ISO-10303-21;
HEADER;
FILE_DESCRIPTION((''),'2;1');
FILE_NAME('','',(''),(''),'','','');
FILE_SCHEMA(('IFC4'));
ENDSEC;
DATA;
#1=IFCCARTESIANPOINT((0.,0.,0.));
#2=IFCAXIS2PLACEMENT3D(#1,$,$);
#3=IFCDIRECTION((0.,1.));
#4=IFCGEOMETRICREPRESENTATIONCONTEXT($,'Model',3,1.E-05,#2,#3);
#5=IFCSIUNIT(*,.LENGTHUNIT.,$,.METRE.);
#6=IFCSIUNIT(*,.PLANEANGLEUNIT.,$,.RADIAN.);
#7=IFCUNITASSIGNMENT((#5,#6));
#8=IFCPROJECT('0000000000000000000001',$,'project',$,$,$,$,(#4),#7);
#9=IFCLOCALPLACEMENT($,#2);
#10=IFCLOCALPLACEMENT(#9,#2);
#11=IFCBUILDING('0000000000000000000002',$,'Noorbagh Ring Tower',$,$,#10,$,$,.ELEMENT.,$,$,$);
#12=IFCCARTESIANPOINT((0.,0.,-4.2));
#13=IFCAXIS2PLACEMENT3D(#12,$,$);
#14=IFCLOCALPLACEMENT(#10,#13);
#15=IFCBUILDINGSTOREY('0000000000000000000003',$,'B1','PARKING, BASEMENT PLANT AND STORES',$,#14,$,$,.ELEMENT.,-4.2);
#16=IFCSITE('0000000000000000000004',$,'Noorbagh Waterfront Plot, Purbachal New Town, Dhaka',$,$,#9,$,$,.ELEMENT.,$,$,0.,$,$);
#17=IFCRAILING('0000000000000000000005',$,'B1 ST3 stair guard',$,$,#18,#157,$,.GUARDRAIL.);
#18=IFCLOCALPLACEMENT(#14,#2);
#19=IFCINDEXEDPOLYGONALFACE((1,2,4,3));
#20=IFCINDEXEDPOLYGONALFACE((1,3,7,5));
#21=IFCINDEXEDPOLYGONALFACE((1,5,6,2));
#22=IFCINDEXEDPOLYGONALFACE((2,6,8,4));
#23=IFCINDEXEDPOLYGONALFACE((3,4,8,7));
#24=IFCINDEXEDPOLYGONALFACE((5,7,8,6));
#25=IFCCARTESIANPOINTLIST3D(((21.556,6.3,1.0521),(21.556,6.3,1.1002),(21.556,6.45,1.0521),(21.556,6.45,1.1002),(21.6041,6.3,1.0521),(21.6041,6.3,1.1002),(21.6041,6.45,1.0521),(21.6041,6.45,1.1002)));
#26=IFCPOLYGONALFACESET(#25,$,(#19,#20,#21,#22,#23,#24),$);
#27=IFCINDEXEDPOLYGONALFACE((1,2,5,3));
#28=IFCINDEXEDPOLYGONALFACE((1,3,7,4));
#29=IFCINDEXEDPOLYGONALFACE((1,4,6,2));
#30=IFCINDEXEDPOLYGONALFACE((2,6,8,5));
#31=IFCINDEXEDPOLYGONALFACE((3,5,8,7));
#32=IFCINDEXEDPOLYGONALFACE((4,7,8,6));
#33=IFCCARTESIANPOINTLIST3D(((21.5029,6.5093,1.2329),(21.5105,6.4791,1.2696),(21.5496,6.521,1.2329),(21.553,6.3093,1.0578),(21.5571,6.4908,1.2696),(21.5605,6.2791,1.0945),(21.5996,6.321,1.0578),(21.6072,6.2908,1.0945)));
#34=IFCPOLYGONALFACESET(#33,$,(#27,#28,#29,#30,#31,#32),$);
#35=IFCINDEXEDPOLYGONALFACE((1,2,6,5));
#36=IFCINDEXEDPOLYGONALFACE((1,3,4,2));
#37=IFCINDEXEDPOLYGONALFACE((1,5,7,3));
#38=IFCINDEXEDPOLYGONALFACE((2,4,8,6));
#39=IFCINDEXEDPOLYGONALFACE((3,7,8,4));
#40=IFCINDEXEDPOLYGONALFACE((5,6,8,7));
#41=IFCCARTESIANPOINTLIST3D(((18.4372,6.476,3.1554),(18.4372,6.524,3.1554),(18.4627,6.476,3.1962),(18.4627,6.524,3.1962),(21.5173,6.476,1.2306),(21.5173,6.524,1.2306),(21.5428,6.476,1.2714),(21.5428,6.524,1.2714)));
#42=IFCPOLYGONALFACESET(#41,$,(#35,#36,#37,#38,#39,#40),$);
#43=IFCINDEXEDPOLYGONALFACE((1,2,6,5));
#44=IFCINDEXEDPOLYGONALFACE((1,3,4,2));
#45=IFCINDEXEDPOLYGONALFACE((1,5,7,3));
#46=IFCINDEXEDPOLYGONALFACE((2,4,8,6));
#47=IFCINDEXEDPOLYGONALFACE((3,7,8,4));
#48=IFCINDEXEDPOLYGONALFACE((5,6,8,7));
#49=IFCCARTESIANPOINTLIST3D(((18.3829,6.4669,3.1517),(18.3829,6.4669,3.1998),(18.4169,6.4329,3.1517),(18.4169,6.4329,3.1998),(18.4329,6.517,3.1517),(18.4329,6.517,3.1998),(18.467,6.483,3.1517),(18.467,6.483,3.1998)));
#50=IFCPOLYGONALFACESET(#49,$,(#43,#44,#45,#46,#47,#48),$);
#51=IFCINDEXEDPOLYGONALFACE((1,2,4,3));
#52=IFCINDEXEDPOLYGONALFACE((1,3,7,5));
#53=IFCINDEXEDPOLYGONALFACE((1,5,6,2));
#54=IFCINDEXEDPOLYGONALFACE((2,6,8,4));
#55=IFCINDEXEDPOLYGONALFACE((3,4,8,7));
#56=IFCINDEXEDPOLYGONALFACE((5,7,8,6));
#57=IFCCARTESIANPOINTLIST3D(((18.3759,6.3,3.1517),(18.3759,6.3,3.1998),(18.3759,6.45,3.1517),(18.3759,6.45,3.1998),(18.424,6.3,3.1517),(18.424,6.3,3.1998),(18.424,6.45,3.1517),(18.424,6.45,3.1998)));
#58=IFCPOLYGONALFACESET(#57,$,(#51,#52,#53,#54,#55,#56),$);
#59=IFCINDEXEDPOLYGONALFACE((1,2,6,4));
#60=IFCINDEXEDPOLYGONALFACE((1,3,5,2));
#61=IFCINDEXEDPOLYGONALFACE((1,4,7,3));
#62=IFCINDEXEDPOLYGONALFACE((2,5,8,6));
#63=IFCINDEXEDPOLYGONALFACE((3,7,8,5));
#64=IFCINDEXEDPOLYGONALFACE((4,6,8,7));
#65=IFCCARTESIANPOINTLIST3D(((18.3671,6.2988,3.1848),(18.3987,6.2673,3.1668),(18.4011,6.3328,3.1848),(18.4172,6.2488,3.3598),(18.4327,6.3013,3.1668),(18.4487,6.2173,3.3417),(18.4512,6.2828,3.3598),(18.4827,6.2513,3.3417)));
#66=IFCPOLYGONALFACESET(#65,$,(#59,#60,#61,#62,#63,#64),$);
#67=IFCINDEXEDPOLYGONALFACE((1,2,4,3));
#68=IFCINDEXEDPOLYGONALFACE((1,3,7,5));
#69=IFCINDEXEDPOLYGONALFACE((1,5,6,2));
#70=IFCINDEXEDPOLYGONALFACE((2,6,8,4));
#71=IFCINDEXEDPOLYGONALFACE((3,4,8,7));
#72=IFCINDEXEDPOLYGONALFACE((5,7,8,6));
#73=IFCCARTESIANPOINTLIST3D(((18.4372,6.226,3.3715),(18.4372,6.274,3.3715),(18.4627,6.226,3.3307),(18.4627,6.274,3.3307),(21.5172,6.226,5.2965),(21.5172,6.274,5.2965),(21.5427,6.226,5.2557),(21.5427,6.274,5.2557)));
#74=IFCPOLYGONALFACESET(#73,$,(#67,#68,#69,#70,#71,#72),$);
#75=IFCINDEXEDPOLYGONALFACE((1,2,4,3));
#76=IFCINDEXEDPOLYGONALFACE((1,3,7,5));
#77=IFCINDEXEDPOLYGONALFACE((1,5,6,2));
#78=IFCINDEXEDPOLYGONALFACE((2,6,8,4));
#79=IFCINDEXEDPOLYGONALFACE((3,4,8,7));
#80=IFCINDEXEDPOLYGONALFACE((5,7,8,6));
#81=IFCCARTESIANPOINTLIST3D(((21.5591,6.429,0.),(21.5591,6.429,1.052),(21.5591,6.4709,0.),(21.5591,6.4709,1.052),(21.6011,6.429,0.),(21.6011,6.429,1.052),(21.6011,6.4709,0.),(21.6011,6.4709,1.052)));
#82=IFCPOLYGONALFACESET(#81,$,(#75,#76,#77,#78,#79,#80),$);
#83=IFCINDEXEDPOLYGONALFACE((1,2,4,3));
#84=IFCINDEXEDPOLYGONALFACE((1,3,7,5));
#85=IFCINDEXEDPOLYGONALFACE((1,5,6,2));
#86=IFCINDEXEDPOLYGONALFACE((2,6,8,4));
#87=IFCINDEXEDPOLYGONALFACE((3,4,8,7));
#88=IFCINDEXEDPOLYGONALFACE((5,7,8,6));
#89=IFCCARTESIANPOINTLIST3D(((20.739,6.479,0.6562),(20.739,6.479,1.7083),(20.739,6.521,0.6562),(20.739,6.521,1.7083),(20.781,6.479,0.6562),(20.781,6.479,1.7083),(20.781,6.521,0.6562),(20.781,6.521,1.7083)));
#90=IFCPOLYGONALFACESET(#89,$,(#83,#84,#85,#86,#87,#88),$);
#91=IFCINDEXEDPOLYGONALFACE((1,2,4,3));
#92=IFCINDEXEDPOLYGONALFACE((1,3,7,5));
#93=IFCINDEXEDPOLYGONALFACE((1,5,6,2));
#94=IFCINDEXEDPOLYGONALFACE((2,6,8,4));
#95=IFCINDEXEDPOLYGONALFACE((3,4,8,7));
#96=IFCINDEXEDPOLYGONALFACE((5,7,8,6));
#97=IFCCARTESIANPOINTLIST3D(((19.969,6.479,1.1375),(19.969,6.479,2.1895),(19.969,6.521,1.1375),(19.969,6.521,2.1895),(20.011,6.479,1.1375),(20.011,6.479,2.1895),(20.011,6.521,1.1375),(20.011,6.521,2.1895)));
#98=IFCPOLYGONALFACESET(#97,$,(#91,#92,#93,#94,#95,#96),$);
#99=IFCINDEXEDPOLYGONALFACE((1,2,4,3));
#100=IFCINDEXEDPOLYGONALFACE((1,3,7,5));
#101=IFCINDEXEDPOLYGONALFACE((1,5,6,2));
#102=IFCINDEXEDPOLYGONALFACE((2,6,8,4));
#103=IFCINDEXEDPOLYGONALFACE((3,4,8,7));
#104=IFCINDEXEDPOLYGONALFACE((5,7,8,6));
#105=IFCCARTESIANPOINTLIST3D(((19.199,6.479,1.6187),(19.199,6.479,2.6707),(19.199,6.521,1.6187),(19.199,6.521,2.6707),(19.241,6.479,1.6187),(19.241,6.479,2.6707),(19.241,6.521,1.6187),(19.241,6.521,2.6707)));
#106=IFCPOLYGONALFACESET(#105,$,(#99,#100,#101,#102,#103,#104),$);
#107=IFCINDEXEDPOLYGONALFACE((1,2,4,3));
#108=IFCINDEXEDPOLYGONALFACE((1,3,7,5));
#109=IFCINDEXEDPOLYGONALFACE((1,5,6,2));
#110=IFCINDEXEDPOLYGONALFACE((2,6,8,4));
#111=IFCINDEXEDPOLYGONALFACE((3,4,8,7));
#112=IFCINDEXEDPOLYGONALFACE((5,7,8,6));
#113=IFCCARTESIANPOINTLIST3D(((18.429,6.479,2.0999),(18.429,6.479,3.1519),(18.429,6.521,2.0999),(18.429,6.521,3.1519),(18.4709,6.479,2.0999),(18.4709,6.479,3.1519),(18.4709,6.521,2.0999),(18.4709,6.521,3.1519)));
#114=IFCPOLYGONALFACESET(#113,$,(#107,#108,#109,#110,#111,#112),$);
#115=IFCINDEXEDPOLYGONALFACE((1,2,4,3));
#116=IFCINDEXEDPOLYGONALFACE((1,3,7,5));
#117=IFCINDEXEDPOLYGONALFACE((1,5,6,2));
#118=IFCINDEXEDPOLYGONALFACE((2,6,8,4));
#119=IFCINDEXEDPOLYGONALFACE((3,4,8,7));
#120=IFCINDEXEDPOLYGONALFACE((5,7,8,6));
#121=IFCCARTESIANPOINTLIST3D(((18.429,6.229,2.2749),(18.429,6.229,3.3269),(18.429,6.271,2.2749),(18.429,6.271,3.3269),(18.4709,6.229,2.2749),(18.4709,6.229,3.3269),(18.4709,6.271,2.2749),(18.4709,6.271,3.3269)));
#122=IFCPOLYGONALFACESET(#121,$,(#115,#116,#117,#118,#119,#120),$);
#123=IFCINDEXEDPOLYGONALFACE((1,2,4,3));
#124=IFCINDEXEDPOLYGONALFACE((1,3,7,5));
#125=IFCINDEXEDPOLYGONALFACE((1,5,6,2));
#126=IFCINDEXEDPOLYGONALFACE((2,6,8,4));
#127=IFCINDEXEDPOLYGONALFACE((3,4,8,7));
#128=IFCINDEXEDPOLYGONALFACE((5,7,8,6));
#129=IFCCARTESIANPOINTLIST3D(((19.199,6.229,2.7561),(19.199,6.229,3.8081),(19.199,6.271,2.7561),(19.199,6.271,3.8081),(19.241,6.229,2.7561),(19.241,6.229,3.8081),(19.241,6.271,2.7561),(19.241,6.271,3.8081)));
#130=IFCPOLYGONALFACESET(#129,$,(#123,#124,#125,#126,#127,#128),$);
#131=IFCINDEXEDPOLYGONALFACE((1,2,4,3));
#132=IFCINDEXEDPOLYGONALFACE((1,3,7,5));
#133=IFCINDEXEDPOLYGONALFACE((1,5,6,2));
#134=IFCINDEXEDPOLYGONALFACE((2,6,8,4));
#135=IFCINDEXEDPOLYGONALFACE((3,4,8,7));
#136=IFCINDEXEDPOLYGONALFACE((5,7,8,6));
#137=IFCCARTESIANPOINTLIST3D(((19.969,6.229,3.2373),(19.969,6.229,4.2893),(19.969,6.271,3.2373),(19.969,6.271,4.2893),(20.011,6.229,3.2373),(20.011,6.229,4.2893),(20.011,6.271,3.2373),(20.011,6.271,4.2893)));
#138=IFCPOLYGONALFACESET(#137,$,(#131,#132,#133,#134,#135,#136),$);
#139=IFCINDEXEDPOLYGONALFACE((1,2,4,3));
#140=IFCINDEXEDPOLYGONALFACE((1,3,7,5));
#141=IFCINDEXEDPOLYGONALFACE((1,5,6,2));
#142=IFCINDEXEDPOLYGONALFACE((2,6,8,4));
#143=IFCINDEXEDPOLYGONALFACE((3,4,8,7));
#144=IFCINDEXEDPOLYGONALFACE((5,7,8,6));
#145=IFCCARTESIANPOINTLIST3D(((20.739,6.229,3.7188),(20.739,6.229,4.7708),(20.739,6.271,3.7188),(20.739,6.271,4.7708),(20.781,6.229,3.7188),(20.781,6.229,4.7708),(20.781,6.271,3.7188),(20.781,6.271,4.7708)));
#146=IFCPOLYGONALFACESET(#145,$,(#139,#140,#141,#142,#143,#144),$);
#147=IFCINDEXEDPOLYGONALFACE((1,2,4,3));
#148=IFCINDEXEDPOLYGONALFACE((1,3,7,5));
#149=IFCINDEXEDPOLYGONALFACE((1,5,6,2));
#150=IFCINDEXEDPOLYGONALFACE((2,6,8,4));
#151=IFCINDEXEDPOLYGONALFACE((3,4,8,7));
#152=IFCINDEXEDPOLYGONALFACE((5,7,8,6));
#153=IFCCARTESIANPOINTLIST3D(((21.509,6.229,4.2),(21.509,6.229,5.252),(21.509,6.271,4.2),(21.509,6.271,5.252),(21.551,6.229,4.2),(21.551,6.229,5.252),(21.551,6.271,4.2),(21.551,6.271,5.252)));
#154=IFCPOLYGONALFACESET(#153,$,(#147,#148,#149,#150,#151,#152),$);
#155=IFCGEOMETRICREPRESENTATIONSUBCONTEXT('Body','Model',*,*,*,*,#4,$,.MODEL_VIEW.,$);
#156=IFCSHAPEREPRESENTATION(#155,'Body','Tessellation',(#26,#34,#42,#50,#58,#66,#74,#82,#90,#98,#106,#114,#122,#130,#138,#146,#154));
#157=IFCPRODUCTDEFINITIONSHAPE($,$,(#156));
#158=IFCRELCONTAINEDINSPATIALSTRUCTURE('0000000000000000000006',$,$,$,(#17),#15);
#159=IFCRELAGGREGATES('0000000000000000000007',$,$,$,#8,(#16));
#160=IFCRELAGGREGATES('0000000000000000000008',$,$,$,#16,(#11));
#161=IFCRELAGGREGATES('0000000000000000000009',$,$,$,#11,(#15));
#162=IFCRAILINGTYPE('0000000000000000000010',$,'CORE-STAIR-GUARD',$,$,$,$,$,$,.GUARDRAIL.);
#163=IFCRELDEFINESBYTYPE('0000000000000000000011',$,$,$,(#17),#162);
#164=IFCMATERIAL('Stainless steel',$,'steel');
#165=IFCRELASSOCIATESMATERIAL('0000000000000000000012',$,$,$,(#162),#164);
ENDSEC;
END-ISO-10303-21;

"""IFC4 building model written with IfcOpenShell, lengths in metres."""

from ifc_helpers import new_model, si_unit, direction, frame, origin, origin_2d, place, context, subcontext, project, spatial, rectangle, extrude, material, type_object, element, save


model = new_model("IFC4")

# Units and contexts
model_context = context("Model", 3, precision=1e-05, world=origin(), true_north=direction((0.0, 1.0)))
body_context = subcontext(model_context, "Body", "Model", "MODEL_VIEW")
ifc_project = project(units=[si_unit("LENGTHUNIT", "METRE"), si_unit("PLANEANGLEUNIT", "RADIAN")], contexts=[model_context])

# Site, building, storey
site_placement = place(None, origin())
site = spatial("IfcSite", under=ifc_project, at=site_placement, Name="Noorbagh Waterfront Plot, Purbachal New Town, Dhaka", CompositionType="ELEMENT", RefElevation=0.0)
building_placement = place(site_placement, origin())
building = spatial("IfcBuilding", under=site, at=building_placement, Name="Noorbagh Ring Tower", CompositionType="ELEMENT")
storey_placement = place(building_placement, frame((0.0, 0.0, -4.2)))
storey = spatial("IfcBuildingStorey", under=building, at=storey_placement, Name="B1", Description="PARKING, BASEMENT PLANT AND STORES", CompositionType="ELEMENT", Elevation=-4.2)

# Railing
ifc_material_1 = material(Name="Stainless steel", Category="steel")
railing_type_1 = type_object("IfcRailingType", Name="CORE-STAIR-GUARD", PredefinedType="GUARDRAIL", material=ifc_material_1)
railing_1_placement = place(storey_placement, frame((21.5801, 6.45, 0.0)))
element("IfcRailing", 1, at=railing_1_placement, inside=storey, type_object=railing_type_1, Name="B1 ST3 stair guard", PredefinedType="GUARDRAIL", context=body_context, shape_type="SweptSolid", body=[
    extrude(rectangle(XDim=0.0481, YDim=0.0481, at=origin_2d()), frame((0.0, 0.0, 1.0762), z_axis=(0.0, -1.0, 0.0), x_axis=(1.0, 0.0, 0.0)), (0.0, 0.0, 1.0), 0.1499),
    extrude(rectangle(XDim=0.0481, YDim=0.0481, at=origin_2d()), frame((0.0, -0.1499, 1.0762), z_axis=(-0.185078, 0.739407, 0.64732), x_axis=(-0.970073, -0.242814, 0.0)), (0.0, 0.0, 1.0), 0.2705),
    extrude(rectangle(XDim=0.0481, YDim=0.0481, at=origin_2d()), frame((-0.05, 0.05, 1.251), z_axis=(-0.848029, 0.0, 0.529951), x_axis=(0.0, -1.0, 0.0)), (0.0, 0.0, 1.0), 3.6321),
    extrude(rectangle(XDim=0.0481, YDim=0.0481, at=origin_2d()), frame((-3.1301, 0.05, 3.1758), z_axis=(-0.707107, -0.707107, 0.0), x_axis=(0.707107, -0.707107, 0.0)), (0.0, 0.0, 1.0), 0.0708),
    extrude(rectangle(XDim=0.0481, YDim=0.0481, at=origin_2d()), frame((-3.1802, 0.0, 3.1758), z_axis=(0.0, -1.0, 0.0), x_axis=(1.0, 0.0, 0.0)), (0.0, 0.0, 1.0), 0.1499),
    extrude(rectangle(XDim=0.0481, YDim=0.0481, at=origin_2d()), frame((-3.1802, -0.1499, 3.1758), z_axis=(0.265065, -0.265065, 0.927082), x_axis=(0.707107, 0.707107, 0.0)), (0.0, 0.0, 1.0), 0.1887),
    extrude(rectangle(XDim=0.0481, YDim=0.0481, at=origin_2d()), frame((-3.1301, -0.2, 3.3511), z_axis=(0.847998, 0.0, 0.529999), x_axis=(0.0, 1.0, 0.0)), (0.0, 0.0, 1.0), 3.6321),
    extrude(rectangle(XDim=0.042, YDim=0.042, at=origin_2d()), origin(), (0.0, 0.0, 1.0), 1.052),
    extrude(rectangle(XDim=0.042, YDim=0.042, at=origin_2d()), frame((-0.8201, 0.05, 0.6562)), (0.0, 0.0, 1.0), 1.052),
    extrude(rectangle(XDim=0.042, YDim=0.042, at=origin_2d()), frame((-1.5901, 0.05, 1.1375)), (0.0, 0.0, 1.0), 1.052),
    extrude(rectangle(XDim=0.042, YDim=0.042, at=origin_2d()), frame((-2.3601, 0.05, 1.6187)), (0.0, 0.0, 1.0), 1.052),
    extrude(rectangle(XDim=0.042, YDim=0.042, at=origin_2d()), frame((-3.1301, 0.05, 2.0999)), (0.0, 0.0, 1.0), 1.052),
    extrude(rectangle(XDim=0.042, YDim=0.042, at=origin_2d()), frame((-3.1301, -0.2, 2.2749)), (0.0, 0.0, 1.0), 1.052),
    extrude(rectangle(XDim=0.042, YDim=0.042, at=origin_2d()), frame((-2.3601, -0.2, 2.7561)), (0.0, 0.0, 1.0), 1.052),
    extrude(rectangle(XDim=0.042, YDim=0.042, at=origin_2d()), frame((-1.5901, -0.2, 3.2373)), (0.0, 0.0, 1.0), 1.052),
    extrude(rectangle(XDim=0.042, YDim=0.042, at=origin_2d()), frame((-0.8201, -0.2, 3.7188)), (0.0, 0.0, 1.0), 1.052),
    extrude(rectangle(XDim=0.042, YDim=0.042, at=origin_2d()), frame((-0.05, -0.2, 4.2)), (0.0, 0.0, 1.0), 1.052),
])

save(model, "model.ifc")
